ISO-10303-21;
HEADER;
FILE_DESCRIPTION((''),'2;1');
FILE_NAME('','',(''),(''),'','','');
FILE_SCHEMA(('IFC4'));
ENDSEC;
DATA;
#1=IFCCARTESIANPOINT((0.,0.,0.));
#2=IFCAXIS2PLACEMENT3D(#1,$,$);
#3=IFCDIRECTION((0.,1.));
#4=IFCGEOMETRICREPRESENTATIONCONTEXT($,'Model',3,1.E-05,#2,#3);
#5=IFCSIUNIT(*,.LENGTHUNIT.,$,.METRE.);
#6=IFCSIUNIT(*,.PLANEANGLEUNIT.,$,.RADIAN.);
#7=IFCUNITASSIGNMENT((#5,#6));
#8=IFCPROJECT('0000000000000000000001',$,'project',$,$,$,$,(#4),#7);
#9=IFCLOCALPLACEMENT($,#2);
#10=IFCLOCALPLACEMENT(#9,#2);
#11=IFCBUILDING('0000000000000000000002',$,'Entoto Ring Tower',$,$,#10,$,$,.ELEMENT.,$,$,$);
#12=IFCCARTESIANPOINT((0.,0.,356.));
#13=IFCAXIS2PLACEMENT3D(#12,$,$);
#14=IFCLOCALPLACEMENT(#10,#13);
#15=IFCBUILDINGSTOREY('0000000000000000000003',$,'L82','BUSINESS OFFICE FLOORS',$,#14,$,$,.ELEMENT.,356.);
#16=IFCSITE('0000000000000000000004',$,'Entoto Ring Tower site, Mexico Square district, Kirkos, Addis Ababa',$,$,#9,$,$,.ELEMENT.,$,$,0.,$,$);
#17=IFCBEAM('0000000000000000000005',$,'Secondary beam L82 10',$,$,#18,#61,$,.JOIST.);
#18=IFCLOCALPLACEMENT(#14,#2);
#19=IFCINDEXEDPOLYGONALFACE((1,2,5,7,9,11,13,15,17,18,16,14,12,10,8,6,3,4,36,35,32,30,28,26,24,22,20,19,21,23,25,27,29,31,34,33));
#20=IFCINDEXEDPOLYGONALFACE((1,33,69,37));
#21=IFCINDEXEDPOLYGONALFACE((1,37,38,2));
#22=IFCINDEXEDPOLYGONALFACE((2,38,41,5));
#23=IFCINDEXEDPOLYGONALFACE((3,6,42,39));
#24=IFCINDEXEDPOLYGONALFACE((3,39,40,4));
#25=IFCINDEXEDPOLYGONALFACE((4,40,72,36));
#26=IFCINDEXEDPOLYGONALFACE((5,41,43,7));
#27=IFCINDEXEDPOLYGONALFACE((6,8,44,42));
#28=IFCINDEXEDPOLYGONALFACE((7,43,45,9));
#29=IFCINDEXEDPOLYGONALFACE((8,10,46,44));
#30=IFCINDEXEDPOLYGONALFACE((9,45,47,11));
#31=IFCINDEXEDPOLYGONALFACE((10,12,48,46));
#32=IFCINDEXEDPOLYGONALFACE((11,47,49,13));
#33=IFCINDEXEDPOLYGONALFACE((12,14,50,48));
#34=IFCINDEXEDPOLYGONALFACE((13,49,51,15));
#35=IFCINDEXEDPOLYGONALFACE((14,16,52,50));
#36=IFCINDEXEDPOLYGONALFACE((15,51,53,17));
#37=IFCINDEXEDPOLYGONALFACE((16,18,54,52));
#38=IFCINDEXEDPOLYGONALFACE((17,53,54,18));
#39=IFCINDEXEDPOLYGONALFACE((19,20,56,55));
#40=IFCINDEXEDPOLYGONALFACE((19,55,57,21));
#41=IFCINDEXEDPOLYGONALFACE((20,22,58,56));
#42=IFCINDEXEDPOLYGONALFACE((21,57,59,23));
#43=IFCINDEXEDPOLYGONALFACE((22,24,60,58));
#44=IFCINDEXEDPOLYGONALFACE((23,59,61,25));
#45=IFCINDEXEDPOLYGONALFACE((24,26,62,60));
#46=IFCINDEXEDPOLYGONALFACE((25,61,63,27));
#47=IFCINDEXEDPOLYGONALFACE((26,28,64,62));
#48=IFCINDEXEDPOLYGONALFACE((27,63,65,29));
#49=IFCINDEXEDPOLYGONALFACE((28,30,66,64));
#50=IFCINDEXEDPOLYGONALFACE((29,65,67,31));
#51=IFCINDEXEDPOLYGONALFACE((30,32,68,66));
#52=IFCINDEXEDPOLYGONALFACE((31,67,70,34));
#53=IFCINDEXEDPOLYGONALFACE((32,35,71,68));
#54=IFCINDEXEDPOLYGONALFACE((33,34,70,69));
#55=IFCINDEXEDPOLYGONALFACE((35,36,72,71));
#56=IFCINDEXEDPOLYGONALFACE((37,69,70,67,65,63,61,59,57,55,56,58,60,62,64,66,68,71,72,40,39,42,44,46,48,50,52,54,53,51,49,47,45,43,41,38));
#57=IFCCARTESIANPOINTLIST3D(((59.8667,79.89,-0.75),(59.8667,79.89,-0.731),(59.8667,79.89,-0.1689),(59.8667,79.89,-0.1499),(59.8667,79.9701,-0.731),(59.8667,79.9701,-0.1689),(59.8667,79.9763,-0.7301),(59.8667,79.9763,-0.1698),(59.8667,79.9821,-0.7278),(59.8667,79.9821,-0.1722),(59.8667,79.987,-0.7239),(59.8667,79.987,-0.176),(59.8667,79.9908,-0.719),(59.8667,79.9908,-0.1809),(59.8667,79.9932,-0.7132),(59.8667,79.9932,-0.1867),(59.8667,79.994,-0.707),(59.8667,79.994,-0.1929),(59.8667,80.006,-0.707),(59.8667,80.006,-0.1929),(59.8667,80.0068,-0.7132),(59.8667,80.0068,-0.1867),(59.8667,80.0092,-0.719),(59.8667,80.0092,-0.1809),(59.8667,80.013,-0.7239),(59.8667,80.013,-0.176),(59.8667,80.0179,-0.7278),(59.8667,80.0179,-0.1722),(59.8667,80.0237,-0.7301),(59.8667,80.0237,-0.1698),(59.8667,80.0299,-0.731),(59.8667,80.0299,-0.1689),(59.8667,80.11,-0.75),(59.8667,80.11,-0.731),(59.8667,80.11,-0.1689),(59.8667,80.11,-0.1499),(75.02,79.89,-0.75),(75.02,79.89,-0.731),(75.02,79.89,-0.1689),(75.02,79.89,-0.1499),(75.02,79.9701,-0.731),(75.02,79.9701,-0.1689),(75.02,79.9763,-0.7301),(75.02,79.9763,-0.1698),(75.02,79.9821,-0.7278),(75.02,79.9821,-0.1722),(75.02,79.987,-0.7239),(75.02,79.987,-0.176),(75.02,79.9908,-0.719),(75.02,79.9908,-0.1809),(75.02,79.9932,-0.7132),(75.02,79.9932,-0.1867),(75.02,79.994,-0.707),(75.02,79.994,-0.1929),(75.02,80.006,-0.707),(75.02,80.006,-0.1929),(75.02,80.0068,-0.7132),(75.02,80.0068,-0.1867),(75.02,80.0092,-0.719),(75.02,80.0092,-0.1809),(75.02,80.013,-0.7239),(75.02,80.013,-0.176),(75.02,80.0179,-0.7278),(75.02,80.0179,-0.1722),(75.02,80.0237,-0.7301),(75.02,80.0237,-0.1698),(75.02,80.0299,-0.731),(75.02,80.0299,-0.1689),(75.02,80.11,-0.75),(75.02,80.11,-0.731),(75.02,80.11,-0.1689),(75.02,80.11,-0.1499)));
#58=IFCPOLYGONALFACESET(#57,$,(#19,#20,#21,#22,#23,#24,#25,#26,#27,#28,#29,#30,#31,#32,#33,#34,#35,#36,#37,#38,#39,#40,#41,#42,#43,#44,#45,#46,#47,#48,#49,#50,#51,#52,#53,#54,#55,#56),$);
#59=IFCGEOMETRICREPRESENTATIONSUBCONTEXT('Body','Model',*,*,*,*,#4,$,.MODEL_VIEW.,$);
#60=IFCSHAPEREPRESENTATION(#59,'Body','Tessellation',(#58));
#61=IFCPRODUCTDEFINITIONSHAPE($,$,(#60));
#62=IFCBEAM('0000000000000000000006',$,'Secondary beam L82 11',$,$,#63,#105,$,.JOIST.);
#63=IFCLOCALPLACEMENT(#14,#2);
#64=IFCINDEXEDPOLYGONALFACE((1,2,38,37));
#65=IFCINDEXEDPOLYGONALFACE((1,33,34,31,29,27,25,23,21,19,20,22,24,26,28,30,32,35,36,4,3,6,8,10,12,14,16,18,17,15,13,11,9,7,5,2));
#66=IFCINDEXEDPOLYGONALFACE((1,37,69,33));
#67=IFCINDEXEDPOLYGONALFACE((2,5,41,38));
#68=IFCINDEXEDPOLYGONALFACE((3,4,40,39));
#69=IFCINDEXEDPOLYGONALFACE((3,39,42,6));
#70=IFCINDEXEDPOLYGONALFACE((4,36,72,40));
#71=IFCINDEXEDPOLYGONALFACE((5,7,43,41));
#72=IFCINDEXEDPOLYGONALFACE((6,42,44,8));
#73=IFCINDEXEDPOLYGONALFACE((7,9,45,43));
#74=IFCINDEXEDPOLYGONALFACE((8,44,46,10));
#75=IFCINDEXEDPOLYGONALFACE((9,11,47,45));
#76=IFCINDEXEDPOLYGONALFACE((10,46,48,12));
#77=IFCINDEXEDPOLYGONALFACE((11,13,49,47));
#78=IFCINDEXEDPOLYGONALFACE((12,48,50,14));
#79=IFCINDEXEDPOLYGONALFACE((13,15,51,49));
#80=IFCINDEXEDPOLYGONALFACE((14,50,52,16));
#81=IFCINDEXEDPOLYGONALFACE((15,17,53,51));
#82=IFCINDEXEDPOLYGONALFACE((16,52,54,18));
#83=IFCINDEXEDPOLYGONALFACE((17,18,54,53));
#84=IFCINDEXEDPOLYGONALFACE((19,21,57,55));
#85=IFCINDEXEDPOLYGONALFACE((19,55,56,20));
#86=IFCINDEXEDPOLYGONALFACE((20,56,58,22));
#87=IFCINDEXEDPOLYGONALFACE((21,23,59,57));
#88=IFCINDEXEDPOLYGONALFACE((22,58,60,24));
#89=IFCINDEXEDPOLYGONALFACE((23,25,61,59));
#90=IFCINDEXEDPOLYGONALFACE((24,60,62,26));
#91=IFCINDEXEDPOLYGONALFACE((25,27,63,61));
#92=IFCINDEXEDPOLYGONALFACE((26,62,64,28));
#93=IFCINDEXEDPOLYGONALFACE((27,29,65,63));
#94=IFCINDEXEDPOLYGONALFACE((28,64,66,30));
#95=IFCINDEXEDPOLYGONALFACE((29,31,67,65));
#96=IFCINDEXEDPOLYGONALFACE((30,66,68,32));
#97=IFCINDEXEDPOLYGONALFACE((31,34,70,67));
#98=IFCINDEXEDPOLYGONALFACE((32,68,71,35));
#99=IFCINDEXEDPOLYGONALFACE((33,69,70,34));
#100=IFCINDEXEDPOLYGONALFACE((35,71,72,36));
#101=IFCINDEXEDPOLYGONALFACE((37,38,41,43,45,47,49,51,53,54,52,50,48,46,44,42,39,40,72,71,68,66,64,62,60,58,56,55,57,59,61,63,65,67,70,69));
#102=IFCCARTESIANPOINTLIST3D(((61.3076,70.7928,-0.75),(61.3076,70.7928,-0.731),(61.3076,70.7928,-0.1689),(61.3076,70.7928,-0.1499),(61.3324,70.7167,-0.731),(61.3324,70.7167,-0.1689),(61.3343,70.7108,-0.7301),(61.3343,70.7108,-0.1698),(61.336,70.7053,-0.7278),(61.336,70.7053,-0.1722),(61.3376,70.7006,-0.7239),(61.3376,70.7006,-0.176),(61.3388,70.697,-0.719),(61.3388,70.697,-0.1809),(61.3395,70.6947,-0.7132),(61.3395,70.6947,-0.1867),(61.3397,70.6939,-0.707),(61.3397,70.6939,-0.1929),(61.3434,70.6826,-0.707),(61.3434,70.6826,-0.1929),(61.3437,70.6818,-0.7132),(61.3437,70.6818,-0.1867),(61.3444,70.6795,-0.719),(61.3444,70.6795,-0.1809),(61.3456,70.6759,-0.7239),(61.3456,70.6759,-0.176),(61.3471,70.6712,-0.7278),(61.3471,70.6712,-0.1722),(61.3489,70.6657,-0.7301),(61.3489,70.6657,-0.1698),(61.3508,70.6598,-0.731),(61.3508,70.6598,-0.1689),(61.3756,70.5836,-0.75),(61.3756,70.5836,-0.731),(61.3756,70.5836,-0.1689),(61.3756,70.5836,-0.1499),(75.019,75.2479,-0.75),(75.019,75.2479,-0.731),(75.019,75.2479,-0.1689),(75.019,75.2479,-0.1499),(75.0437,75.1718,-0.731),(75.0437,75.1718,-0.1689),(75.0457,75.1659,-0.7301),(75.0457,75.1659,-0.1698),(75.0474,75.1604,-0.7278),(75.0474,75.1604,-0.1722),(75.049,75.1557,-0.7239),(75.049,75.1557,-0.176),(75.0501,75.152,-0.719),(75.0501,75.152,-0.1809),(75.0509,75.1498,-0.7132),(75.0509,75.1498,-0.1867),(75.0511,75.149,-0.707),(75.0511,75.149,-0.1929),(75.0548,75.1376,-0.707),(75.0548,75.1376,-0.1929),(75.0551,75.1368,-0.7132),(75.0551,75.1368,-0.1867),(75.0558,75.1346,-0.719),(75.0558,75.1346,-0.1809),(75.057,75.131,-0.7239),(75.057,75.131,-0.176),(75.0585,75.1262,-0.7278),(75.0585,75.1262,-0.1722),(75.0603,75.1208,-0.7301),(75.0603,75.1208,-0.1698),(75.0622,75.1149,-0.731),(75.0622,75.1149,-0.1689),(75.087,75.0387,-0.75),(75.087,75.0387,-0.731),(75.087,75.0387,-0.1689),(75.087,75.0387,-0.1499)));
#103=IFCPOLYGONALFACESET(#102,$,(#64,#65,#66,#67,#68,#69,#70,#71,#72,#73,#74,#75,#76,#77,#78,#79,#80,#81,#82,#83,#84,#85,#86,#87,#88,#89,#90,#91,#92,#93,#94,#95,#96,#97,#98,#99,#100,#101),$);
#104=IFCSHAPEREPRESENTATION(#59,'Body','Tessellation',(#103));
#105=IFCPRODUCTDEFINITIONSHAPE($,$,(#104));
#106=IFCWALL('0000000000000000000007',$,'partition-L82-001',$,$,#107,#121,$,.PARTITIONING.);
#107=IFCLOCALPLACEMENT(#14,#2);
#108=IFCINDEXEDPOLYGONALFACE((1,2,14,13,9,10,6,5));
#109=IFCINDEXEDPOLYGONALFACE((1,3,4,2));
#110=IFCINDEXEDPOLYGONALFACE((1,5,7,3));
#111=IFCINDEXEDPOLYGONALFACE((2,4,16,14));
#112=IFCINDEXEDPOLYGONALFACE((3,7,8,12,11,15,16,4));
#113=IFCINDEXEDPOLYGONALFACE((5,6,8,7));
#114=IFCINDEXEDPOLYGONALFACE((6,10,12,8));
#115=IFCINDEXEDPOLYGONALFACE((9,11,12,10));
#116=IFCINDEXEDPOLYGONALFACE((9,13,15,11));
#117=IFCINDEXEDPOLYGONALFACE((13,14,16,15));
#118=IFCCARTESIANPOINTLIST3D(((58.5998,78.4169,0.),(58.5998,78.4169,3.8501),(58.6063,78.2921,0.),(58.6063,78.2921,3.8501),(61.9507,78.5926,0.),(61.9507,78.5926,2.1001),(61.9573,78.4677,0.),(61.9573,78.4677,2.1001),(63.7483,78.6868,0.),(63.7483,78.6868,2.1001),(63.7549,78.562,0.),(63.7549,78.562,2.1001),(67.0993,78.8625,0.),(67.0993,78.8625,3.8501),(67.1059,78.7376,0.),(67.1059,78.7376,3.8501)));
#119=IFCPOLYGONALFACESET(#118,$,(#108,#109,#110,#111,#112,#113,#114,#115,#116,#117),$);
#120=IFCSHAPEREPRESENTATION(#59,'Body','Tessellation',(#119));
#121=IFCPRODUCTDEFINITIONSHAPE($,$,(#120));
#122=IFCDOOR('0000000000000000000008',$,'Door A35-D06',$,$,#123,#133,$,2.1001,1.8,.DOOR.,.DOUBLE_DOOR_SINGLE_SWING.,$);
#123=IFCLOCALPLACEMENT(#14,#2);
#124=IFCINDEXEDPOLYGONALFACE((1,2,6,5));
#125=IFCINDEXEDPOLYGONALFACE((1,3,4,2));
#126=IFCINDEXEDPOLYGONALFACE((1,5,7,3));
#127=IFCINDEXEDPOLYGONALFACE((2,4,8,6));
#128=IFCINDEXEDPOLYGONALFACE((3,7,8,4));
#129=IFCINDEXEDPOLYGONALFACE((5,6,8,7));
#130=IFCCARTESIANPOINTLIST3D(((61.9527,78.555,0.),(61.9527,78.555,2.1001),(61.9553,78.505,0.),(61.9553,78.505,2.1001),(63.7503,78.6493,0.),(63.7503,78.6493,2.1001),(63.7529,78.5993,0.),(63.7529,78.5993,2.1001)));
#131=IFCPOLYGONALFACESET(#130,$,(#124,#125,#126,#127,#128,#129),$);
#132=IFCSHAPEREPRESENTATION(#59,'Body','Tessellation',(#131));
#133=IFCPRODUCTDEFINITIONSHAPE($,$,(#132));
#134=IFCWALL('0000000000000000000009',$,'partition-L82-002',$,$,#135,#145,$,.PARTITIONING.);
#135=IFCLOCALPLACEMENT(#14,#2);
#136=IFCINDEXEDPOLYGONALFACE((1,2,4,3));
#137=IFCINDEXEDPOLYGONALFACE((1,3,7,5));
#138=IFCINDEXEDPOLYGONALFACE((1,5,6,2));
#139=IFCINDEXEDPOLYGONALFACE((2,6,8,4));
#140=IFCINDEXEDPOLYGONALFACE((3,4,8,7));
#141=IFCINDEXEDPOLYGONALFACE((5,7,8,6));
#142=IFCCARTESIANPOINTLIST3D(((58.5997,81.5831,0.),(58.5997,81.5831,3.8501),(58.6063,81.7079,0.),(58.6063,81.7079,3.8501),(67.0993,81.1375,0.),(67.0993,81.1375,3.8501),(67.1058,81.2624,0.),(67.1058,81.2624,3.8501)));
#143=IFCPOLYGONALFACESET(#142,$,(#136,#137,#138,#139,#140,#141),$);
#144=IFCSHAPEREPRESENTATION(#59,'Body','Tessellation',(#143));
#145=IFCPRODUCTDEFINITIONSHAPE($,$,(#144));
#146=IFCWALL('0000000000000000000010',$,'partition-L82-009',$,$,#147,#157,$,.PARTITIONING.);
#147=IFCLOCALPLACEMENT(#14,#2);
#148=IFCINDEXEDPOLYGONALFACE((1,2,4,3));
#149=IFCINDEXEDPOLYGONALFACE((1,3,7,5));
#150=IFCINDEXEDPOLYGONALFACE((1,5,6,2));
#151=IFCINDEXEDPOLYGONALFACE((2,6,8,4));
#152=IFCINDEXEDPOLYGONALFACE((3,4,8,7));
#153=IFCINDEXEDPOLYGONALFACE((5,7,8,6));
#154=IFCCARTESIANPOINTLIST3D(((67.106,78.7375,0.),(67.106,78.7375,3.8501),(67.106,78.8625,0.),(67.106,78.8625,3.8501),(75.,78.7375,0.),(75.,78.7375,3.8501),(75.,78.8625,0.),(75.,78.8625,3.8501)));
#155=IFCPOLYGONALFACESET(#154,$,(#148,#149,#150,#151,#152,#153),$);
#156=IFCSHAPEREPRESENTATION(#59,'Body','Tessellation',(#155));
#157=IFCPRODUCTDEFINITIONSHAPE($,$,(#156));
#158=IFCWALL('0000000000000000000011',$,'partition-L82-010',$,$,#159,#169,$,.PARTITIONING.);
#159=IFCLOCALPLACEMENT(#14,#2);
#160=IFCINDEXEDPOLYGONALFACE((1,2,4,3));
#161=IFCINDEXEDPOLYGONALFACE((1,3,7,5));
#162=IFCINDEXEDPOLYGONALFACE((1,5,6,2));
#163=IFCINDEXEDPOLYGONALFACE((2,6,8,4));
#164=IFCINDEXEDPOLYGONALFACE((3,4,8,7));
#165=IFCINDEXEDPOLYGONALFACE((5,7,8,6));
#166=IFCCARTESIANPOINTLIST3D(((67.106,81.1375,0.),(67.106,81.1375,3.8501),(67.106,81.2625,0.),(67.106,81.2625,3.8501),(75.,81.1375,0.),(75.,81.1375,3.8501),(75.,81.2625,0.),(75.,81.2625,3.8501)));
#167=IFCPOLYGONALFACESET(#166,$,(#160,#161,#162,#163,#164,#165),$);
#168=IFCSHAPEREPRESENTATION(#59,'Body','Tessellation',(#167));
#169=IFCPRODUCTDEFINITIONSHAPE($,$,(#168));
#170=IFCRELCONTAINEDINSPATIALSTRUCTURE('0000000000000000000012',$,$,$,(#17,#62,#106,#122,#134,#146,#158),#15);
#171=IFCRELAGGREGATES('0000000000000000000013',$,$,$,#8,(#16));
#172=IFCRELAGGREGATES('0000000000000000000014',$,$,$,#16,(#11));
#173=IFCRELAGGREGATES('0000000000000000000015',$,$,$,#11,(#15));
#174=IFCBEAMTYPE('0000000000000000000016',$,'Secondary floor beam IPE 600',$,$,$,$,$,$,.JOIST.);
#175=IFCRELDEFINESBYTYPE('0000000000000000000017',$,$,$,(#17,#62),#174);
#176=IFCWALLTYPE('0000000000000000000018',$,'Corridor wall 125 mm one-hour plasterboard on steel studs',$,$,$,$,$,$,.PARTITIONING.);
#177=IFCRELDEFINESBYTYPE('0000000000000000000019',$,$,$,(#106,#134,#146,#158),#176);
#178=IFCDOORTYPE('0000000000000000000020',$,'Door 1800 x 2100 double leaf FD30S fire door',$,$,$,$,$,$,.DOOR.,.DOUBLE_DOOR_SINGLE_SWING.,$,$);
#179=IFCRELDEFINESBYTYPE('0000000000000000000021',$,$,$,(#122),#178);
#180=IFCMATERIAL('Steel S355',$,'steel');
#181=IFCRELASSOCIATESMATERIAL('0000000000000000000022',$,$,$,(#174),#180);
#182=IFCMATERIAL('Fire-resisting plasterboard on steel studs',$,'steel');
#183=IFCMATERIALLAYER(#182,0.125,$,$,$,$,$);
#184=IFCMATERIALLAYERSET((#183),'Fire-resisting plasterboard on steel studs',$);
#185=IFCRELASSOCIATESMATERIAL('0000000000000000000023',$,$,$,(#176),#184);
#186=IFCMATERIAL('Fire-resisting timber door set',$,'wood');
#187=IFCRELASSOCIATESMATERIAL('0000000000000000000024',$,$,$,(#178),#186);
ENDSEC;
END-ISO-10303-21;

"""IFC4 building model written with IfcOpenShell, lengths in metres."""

from ifc_helpers import new_model, si_unit, direction, frame, frame_2d, origin, origin_2d, place, context, subcontext, project, spatial, rectangle, i_section, extrude, material, layer, layer_set, material_profile, profile_set, type_object, element, fill, save


model = new_model("IFC4")

# Units and contexts
model_context = context("Model", 3, precision=1e-05, world=origin(), true_north=direction((0.0, 1.0)))
body_context = subcontext(model_context, "Body", "Model", "MODEL_VIEW")
ifc_project = project(units=[si_unit("LENGTHUNIT", "METRE"), si_unit("PLANEANGLEUNIT", "RADIAN")], contexts=[model_context])

# Site, building, storey
site_placement = place(None, origin())
site = spatial("IfcSite", under=ifc_project, at=site_placement, Name="Entoto Ring Tower site, Mexico Square district, Kirkos, Addis Ababa", CompositionType="ELEMENT", RefElevation=0.0)
building_placement = place(site_placement, origin())
building = spatial("IfcBuilding", under=site, at=building_placement, Name="Entoto Ring Tower", CompositionType="ELEMENT")
storey_placement = place(building_placement, frame((0.0, 0.0, 356.0)))
storey = spatial("IfcBuildingStorey", under=building, at=storey_placement, Name="L82", Description="BUSINESS OFFICE FLOORS", CompositionType="ELEMENT", Elevation=356.0)

# Beams
ifc_material_1 = material(Name="Steel S355", Category="steel")
ifc_material_profile_1 = material_profile(ifc_material_1, i_section(OverallWidth=0.22, OverallDepth=0.6001, WebThickness=0.012, FlangeThickness=0.019, FilletRadius=0.0239, at=origin_2d()), Name="IPE 600")
ifc_profile_set_1 = profile_set([ifc_material_profile_1], Name="Steel S355")
beam_type_1 = type_object("IfcBeamType", Name="Secondary floor beam IPE 600", PredefinedType="JOIST", material=ifc_profile_set_1)
beam_1_placement = place(storey_placement, frame((75.02, 80.0, -0.45), z_axis=(-1.0, 0.0, 0.0), x_axis=(0.0, -1.0, 0.0)))
element("IfcBeam", 1, at=beam_1_placement, inside=storey, type_object=beam_type_1, Name="Secondary beam L82 10", PredefinedType="JOIST", context=body_context, shape_type="SweptSolid", body=[
    extrude(i_section(OverallWidth=0.22, OverallDepth=0.6001, WebThickness=0.012, FlangeThickness=0.019, FilletRadius=0.0239, at=origin_2d()), origin(), (0.0, 0.0, 1.0), 15.1533),
])
beam_2_placement = place(storey_placement, frame((75.053, 75.1433, -0.45), z_axis=(-0.951057, -0.309015, 0.0), x_axis=(0.309015, -0.951057, 0.0)))
element("IfcBeam", 2, at=beam_2_placement, inside=storey, type_object=beam_type_1, Name="Secondary beam L82 11", PredefinedType="JOIST", context=body_context, shape_type="SweptSolid", body=[
    extrude(i_section(OverallWidth=0.22, OverallDepth=0.6001, WebThickness=0.012, FlangeThickness=0.019, FilletRadius=0.0239, at=origin_2d()), origin(), (0.0, 0.0, 1.0), 14.417),
])

# Wall, opening, door
ifc_material_2 = material(Name="Fire-resisting plasterboard on steel studs", Category="steel")
ifc_layer = layer(ifc_material_2, 0.125)
ifc_layer_set = layer_set([ifc_layer], Name="Fire-resisting plasterboard on steel studs")
wall_type = type_object("IfcWallType", Name="Corridor wall 125 mm one-hour plasterboard on steel studs", PredefinedType="PARTITIONING", material=ifc_layer_set)
wall_1_placement = place(storey_placement, frame((58.603, 78.3545, 0.0), z_axis=(0.0, 0.0, 1.0), x_axis=(0.998629, 0.05235, 0.0)))
wall_1 = element("IfcWall", 3, at=wall_1_placement, inside=storey, type_object=wall_type, Name="partition-L82-001", PredefinedType="PARTITIONING", context=body_context, shape_type="SweptSolid", body=[
    extrude(rectangle(XDim=8.5112, YDim=0.125, at=frame_2d((4.2556, 0.0))), origin(), (0.0, 0.0, 1.0), 3.8501),
])
opening_placement = place(wall_1_placement, frame((3.3557, 0.0, 0.0)))
opening = element("IfcOpeningElement", 4, at=opening_placement, cuts=wall_1, PredefinedType="OPENING", context=body_context, shape_type="SweptSolid", body=[
    extrude(rectangle(XDim=1.8, YDim=2.1001, at=frame_2d((0.8999, 1.05))), frame((0.0, 0.0725, 0.0), z_axis=(0.0, -1.0, 0.0), x_axis=(1.0, 0.0, 0.0)), (0.0, 0.0, 1.0), 0.145),
])
ifc_material_3 = material(Name="Fire-resisting timber door set", Category="wood")
door_type = type_object("IfcDoorType", Name="Door 1800 x 2100 double leaf FD30S fire door", OperationType="DOUBLE_DOOR_SINGLE_SWING", PredefinedType="DOOR", material=ifc_material_3)
door_placement = place(opening_placement, origin())
door = element("IfcDoor", 5, at=door_placement, inside=storey, type_object=door_type, Name="Door A35-D06", OperationType="DOUBLE_DOOR_SINGLE_SWING", OverallHeight=2.1001, OverallWidth=1.8, PredefinedType="DOOR", context=body_context, shape_type="SweptSolid", body=[
    extrude(rectangle(XDim=1.8, YDim=2.1001, at=frame_2d((0.8999, 1.05))), frame((0.0, 0.0249, 0.0), z_axis=(0.0, -1.0, 0.0), x_axis=(1.0, 0.0, 0.0)), (0.0, 0.0, 1.0), 0.05),
])
fill(opening, door)

# Walls
wall_2_placement = place(storey_placement, frame((67.1025, 81.2, 0.0), z_axis=(0.0, 0.0, 1.0), x_axis=(-0.998629, 0.05235, 0.0)))
element("IfcWall", 6, at=wall_2_placement, inside=storey, type_object=wall_type, Name="partition-L82-002", PredefinedType="PARTITIONING", context=body_context, shape_type="SweptSolid", body=[
    extrude(rectangle(XDim=8.5112, YDim=0.125, at=frame_2d((4.2556, 0.0))), origin(), (0.0, 0.0, 1.0), 3.8501),
])
for number, where, z_axis, x_axis, name in (
    (7, (67.106, 78.8, 0.0), (0.0, 0.0, 1.0), (1.0, 0.0, 0.0), "partition-L82-009"),
    (8, (67.106, 81.2, 0.0), (0.0, 0.0, 1.0), (1.0, 0.0, 0.0), "partition-L82-010"),
):
    element("IfcWall", number, at=place(storey_placement, frame(where, z_axis=z_axis, x_axis=x_axis)), inside=storey, type_object=wall_type, Name=name, PredefinedType="PARTITIONING", context=body_context, shape_type="SweptSolid", body=[
        extrude(rectangle(XDim=7.894, YDim=0.125, at=frame_2d((3.947, 0.0))), origin(), (0.0, 0.0, 1.0), 3.8501),
    ])

save(model, "model.ifc")
